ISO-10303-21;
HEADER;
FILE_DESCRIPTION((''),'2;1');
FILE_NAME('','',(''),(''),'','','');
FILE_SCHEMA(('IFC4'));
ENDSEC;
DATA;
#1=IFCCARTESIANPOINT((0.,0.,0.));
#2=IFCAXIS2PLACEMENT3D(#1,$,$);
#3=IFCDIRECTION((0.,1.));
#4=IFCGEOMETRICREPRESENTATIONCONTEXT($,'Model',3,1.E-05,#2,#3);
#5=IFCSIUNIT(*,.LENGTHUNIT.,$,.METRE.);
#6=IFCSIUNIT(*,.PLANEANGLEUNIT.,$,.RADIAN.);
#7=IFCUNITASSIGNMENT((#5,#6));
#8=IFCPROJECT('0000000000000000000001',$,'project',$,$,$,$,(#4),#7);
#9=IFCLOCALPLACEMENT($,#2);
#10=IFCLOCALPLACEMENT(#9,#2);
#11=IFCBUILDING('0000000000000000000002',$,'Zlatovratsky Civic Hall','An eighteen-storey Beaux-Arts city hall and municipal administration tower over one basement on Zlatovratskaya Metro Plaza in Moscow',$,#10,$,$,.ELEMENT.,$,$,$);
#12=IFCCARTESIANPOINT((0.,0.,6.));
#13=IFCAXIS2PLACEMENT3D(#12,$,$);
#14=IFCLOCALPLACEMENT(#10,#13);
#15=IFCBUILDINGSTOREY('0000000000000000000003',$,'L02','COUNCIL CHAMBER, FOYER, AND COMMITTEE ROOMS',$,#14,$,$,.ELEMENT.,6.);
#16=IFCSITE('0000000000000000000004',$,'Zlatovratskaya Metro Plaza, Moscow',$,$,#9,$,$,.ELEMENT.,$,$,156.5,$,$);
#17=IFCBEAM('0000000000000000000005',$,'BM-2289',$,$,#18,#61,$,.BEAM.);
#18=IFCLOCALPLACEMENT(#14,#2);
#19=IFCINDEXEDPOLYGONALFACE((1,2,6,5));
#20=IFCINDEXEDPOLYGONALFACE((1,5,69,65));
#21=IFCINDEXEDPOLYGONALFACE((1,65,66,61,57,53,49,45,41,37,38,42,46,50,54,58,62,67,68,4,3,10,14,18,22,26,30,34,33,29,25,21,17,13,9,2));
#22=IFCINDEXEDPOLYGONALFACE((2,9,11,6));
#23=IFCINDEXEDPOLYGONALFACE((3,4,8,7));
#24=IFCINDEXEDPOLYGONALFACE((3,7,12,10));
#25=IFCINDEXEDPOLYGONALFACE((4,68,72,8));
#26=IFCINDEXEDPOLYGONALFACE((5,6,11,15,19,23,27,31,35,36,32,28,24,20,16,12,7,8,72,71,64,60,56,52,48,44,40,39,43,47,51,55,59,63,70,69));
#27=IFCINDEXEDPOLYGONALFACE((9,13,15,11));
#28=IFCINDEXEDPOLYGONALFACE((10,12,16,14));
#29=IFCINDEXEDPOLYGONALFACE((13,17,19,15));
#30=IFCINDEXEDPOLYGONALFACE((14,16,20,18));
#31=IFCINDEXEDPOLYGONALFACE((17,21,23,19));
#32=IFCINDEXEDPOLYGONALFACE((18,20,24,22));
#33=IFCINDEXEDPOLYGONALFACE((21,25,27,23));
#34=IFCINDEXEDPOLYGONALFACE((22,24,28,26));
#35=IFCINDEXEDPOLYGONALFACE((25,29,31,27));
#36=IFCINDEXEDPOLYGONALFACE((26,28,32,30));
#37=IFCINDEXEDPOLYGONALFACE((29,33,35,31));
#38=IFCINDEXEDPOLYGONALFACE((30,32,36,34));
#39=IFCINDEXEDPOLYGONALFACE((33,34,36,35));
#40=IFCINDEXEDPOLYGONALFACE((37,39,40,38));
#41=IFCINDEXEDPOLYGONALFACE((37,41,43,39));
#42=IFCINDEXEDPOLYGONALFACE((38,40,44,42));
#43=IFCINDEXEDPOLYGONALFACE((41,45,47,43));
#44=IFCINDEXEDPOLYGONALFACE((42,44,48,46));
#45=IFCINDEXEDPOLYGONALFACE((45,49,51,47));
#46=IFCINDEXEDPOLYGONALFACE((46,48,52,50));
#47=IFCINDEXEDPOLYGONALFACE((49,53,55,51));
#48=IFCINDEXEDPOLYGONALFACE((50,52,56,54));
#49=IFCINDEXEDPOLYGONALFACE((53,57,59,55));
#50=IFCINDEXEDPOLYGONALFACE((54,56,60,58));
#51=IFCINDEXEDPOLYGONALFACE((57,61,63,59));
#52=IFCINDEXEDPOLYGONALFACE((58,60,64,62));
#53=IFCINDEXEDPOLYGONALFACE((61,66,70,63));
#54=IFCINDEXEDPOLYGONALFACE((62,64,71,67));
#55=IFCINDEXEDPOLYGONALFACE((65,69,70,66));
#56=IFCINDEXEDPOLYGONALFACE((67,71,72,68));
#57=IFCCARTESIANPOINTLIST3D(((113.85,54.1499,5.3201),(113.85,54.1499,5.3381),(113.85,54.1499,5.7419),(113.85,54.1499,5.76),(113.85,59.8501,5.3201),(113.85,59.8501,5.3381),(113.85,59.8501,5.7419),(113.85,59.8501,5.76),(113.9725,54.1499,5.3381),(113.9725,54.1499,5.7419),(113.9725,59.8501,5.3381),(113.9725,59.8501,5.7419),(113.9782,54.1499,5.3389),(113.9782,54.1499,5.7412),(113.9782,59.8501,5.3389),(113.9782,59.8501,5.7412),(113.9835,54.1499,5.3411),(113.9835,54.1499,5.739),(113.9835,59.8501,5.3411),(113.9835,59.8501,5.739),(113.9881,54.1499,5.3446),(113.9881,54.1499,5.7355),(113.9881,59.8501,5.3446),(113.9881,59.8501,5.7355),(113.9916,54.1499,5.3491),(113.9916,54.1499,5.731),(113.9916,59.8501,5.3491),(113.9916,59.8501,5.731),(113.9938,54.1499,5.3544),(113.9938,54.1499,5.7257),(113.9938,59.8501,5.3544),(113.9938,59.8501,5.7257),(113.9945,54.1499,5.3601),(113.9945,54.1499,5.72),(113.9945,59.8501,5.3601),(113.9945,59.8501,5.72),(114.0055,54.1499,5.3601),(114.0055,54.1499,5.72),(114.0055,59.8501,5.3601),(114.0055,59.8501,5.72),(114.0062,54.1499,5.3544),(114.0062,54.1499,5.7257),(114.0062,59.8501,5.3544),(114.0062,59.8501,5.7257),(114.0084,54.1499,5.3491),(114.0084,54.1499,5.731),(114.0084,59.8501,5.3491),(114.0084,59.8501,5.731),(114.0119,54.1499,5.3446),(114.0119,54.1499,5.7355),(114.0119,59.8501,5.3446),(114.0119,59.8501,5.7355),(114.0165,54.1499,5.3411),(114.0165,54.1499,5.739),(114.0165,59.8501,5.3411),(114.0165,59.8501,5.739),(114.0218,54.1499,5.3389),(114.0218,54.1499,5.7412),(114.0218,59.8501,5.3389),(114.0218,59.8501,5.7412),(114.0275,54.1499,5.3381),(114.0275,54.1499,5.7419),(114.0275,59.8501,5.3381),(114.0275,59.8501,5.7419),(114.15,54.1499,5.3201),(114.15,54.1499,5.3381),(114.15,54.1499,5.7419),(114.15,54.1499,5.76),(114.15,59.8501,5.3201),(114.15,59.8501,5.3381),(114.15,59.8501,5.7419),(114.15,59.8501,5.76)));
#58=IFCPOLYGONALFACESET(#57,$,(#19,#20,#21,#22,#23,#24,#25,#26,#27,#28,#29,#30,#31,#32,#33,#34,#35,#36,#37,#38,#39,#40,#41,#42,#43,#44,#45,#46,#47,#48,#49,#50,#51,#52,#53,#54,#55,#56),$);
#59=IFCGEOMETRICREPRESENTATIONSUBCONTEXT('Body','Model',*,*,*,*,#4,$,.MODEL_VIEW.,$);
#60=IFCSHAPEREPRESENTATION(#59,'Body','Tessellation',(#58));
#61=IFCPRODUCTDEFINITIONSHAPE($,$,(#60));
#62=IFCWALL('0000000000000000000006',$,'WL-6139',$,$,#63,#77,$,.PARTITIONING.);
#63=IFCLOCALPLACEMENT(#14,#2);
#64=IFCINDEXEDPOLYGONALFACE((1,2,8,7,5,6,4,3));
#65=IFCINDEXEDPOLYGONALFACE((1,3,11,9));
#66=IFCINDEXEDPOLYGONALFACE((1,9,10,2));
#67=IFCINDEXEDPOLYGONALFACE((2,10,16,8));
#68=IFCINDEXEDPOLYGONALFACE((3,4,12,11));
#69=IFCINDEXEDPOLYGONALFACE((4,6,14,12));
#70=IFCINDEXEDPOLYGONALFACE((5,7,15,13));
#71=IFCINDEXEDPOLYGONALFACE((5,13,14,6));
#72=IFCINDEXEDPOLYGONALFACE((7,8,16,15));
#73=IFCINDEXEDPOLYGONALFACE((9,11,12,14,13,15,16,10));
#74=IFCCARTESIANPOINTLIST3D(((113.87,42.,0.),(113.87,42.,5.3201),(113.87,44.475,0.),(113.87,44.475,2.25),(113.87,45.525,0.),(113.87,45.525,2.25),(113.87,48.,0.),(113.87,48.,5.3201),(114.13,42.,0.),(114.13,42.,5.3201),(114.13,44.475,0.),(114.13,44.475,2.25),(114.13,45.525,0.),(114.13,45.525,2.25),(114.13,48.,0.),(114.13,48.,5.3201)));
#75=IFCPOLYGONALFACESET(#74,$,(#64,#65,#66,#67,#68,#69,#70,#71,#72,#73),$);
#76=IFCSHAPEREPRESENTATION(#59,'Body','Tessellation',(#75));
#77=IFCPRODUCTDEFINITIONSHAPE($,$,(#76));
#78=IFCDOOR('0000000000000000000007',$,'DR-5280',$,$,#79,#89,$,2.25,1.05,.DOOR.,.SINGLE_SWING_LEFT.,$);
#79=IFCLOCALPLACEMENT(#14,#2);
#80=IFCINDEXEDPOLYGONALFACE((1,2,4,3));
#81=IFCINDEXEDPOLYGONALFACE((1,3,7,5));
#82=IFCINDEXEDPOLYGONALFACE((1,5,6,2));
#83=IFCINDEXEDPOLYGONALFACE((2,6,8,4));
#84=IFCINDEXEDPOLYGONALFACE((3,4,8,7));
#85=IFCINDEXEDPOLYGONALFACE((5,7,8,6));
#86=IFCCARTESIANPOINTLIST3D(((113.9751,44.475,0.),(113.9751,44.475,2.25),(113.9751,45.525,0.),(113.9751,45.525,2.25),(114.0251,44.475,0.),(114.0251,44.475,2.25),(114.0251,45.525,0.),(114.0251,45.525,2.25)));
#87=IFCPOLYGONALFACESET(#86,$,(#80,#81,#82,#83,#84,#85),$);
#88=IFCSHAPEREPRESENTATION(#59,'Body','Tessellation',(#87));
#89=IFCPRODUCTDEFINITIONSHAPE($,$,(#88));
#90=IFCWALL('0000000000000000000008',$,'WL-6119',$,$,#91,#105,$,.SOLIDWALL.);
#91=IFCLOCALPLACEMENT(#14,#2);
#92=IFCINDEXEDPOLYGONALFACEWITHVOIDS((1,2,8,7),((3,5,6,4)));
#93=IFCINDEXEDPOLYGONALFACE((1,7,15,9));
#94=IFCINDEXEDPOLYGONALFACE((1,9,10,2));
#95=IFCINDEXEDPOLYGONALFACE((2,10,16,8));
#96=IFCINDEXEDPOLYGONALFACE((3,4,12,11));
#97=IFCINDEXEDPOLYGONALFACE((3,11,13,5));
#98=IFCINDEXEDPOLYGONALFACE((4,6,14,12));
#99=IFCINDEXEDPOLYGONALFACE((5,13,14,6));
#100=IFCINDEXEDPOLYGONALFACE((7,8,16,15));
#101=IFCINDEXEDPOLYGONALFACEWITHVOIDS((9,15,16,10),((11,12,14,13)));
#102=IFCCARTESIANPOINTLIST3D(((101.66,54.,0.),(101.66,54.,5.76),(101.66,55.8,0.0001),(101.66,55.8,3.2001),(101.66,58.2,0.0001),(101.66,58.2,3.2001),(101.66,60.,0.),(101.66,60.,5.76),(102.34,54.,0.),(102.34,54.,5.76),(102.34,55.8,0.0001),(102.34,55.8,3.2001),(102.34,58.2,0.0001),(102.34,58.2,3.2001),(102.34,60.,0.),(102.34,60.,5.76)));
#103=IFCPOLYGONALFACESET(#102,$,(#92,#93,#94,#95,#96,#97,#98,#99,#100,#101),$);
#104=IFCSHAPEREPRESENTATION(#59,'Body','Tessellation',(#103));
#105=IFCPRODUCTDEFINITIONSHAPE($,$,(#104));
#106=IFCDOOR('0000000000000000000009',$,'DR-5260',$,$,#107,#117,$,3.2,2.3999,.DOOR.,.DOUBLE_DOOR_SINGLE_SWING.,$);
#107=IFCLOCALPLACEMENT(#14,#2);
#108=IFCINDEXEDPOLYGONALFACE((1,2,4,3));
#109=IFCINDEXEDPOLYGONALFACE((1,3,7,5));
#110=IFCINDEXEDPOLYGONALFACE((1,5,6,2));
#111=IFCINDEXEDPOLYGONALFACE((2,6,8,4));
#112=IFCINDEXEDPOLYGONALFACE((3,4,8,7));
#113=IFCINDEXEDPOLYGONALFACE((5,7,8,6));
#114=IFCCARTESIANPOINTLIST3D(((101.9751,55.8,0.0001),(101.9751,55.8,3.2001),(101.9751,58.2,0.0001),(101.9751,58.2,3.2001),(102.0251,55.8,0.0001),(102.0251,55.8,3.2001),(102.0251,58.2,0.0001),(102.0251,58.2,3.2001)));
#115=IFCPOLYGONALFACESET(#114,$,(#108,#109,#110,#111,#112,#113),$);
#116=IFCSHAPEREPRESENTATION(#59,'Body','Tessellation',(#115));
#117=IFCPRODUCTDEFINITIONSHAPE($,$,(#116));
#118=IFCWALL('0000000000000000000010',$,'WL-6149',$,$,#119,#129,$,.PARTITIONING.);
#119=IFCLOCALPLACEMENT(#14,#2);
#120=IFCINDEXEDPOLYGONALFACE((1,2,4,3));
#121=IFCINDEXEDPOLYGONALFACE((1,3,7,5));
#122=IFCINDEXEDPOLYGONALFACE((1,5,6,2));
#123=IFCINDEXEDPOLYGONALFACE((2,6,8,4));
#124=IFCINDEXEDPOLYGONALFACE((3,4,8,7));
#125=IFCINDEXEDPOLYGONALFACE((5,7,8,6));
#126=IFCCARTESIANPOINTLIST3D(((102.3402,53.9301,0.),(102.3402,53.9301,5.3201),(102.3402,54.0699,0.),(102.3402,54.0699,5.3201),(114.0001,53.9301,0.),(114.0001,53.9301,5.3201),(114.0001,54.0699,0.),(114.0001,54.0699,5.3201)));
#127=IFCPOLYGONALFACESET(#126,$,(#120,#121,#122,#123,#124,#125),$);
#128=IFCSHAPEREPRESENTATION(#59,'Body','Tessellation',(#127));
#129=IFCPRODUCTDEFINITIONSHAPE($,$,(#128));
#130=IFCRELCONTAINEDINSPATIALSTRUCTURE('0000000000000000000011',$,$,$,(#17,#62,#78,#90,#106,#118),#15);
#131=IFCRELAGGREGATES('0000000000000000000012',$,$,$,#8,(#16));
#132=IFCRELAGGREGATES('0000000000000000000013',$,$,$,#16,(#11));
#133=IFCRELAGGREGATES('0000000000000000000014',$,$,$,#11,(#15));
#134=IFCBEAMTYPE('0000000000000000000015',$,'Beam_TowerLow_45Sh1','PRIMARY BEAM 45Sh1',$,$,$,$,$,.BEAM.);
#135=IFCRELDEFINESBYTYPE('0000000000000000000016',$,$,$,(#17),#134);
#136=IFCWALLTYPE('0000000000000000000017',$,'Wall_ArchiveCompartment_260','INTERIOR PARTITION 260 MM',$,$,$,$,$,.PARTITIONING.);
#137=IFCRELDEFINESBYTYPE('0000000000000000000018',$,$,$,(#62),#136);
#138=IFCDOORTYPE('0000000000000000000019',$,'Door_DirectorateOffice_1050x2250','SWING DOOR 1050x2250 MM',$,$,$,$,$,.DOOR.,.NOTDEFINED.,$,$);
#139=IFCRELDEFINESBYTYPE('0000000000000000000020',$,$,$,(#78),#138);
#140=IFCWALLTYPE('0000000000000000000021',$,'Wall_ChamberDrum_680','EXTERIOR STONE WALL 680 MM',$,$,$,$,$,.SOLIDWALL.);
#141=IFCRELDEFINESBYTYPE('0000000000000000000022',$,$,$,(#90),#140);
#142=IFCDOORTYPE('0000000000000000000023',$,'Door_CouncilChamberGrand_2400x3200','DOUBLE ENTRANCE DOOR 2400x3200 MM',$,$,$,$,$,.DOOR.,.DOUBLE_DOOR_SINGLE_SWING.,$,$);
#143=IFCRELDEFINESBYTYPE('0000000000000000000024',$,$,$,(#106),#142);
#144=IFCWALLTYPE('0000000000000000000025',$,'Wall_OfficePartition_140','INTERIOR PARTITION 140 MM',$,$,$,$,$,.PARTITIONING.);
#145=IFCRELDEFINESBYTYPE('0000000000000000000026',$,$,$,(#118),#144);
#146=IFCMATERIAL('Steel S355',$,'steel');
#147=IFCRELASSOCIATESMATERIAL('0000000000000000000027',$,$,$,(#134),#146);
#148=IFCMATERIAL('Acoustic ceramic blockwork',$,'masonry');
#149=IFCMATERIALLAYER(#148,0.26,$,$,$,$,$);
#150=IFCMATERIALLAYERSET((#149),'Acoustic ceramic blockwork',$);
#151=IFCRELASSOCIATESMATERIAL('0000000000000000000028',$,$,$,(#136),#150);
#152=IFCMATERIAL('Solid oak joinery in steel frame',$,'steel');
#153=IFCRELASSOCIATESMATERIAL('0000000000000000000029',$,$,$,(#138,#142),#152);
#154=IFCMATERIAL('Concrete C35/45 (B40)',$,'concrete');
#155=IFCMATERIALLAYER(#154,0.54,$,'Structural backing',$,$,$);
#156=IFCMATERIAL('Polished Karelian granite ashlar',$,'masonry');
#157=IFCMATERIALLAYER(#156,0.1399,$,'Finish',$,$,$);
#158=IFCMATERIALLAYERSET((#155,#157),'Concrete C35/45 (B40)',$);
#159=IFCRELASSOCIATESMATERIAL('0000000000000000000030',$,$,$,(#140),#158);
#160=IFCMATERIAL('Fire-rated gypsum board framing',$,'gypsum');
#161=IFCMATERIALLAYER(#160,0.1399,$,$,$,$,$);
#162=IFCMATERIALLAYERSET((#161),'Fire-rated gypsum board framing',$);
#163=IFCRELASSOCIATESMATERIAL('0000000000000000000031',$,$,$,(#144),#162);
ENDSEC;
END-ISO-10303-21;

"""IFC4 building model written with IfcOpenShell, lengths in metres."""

from ifc_helpers import new_model, si_unit, direction, frame, frame_2d, origin, origin_2d, place, context, subcontext, project, spatial, rectangle, i_section, extrude, material, layer, layer_set, material_profile, profile_set, type_object, element, fill, save


model = new_model("IFC4")

# Units and contexts
model_context = context("Model", 3, precision=1e-05, world=origin(), true_north=direction((0.0, 1.0)))
body_context = subcontext(model_context, "Body", "Model", "MODEL_VIEW")
ifc_project = project(units=[si_unit("LENGTHUNIT", "METRE"), si_unit("PLANEANGLEUNIT", "RADIAN")], contexts=[model_context])

# Site, building, storey
site_placement = place(None, origin())
site = spatial("IfcSite", under=ifc_project, at=site_placement, Name="Zlatovratskaya Metro Plaza, Moscow", CompositionType="ELEMENT", RefElevation=156.5)
building_placement = place(site_placement, origin())
building = spatial("IfcBuilding", under=site, at=building_placement, Name="Zlatovratsky Civic Hall", Description="An eighteen-storey Beaux-Arts city hall and municipal administration tower over one basement on Zlatovratskaya Metro Plaza in Moscow", CompositionType="ELEMENT")
storey_placement = place(building_placement, frame((0.0, 0.0, 6.0)))
storey = spatial("IfcBuildingStorey", under=building, at=storey_placement, Name="L02", Description="COUNCIL CHAMBER, FOYER, AND COMMITTEE ROOMS", CompositionType="ELEMENT", Elevation=6.0)

# Shared definitions
ifc_material_1 = material(Name="Steel S355", Category="steel")

# Beam
ifc_material_profile_1 = material_profile(ifc_material_1, i_section(OverallWidth=0.3, OverallDepth=0.4399, WebThickness=0.011, FlangeThickness=0.0181, FilletRadius=0.022, at=origin_2d()), Name="45Sh1")
ifc_profile_set_1 = profile_set([ifc_material_profile_1], Name="Steel S355")
beam_type = type_object("IfcBeamType", Name="Beam_TowerLow_45Sh1", Description="PRIMARY BEAM 45Sh1", PredefinedType="BEAM", material=ifc_profile_set_1)
for number, where, z_axis, x_axis, name in (
    (1, (114.0, 54.1499, 5.54), (0.0, 1.0, 0.0), (-1.0, 0.0, 0.0), "BM-2289"),
):
    element("IfcBeam", number, at=place(storey_placement, frame(where, z_axis=z_axis, x_axis=x_axis)), inside=storey, type_object=beam_type, Name=name, PredefinedType="BEAM", context=body_context, shape_type="SweptSolid", body=[
        extrude(i_section(OverallWidth=0.3, OverallDepth=0.4399, WebThickness=0.011, FlangeThickness=0.0181, FilletRadius=0.022, at=origin_2d()), origin(), (0.0, 0.0, 1.0), 5.7002),
    ])

# Walls, openings, doors
ifc_material_2 = material(Name="Acoustic ceramic blockwork", Category="masonry")
ifc_layer_1 = layer(ifc_material_2, 0.26)
ifc_layer_set_1 = layer_set([ifc_layer_1], Name="Acoustic ceramic blockwork")
wall_type_1 = type_object("IfcWallType", Name="Wall_ArchiveCompartment_260", Description="INTERIOR PARTITION 260 MM", PredefinedType="PARTITIONING", material=ifc_layer_set_1)
wall_1_placement = place(storey_placement, frame((114.0, 42.0, 0.0), z_axis=(0.0, 0.0, 1.0), x_axis=(0.0, 1.0, 0.0)))
wall_1 = element("IfcWall", 2, at=wall_1_placement, inside=storey, type_object=wall_type_1, Name="WL-6139", PredefinedType="PARTITIONING", context=body_context, shape_type="SweptSolid", body=[
    extrude(rectangle(XDim=6.0, YDim=0.26, at=frame_2d((3.0, 0.0))), origin(), (0.0, 0.0, 1.0), 5.3201),
])
opening_1_placement = place(wall_1_placement, frame((2.4751, 0.0, 0.0)))
opening_1 = element("IfcOpeningElement", 3, at=opening_1_placement, cuts=wall_1, PredefinedType="OPENING", context=body_context, shape_type="SweptSolid", body=[
    extrude(rectangle(XDim=1.05, YDim=2.25, at=frame_2d((0.5249, 1.125))), frame((0.0, 0.145, 0.0), z_axis=(0.0, -1.0, 0.0), x_axis=(1.0, 0.0, 0.0)), (0.0, 0.0, 1.0), 0.2898),
])
ifc_material_3 = material(Name="Solid oak joinery in steel frame", Category="steel")
door_type_1 = type_object("IfcDoorType", Name="Door_DirectorateOffice_1050x2250", Description="SWING DOOR 1050x2250 MM", OperationType="NOTDEFINED", PredefinedType="DOOR", material=ifc_material_3)
door_1_placement = place(opening_1_placement, origin())
door_1 = element("IfcDoor", 4, at=door_1_placement, inside=storey, type_object=door_type_1, Name="DR-5280", OperationType="SINGLE_SWING_LEFT", OverallHeight=2.25, OverallWidth=1.05, PredefinedType="DOOR", context=body_context, shape_type="SweptSolid", body=[
    extrude(rectangle(XDim=1.05, YDim=2.25, at=frame_2d((0.5249, 1.125))), frame((0.0, 0.0249, 0.0), z_axis=(0.0, -1.0, 0.0), x_axis=(1.0, 0.0, 0.0)), (0.0, 0.0, 1.0), 0.05),
])
fill(opening_1, door_1)
ifc_material_4 = material(Name="Concrete C35/45 (B40)", Category="concrete")
ifc_layer_2 = layer(ifc_material_4, 0.54, Name="Structural backing")
ifc_material_5 = material(Name="Polished Karelian granite ashlar", Category="masonry")
ifc_layer_3 = layer(ifc_material_5, 0.1399, Name="Finish")
ifc_layer_set_2 = layer_set([ifc_layer_2, ifc_layer_3], Name="Concrete C35/45 (B40)")
wall_type_2 = type_object("IfcWallType", Name="Wall_ChamberDrum_680", Description="EXTERIOR STONE WALL 680 MM", PredefinedType="SOLIDWALL", material=ifc_layer_set_2)
wall_2_placement = place(storey_placement, frame((102.0, 54.0, 0.0), z_axis=(0.0, 0.0, 1.0), x_axis=(0.0, 1.0, 0.0)))
wall_2 = element("IfcWall", 5, at=wall_2_placement, inside=storey, type_object=wall_type_2, Name="WL-6119", PredefinedType="SOLIDWALL", context=body_context, shape_type="SweptSolid", body=[
    extrude(rectangle(XDim=6.0, YDim=0.6799, at=frame_2d((3.0, 0.0))), origin(), (0.0, 0.0, 1.0), 5.76),
])
opening_2_placement = place(wall_2_placement, frame((1.8, 0.0, 0.0)))
opening_2 = element("IfcOpeningElement", 6, at=opening_2_placement, cuts=wall_2, PredefinedType="OPENING", context=body_context, shape_type="SweptSolid", body=[
    extrude(rectangle(XDim=2.3999, YDim=3.2, at=frame_2d((1.2, 1.6001))), frame((0.0, 0.355, 0.0), z_axis=(0.0, -1.0, 0.0), x_axis=(1.0, 0.0, 0.0)), (0.0, 0.0, 1.0), 0.7097),
])
door_type_2 = type_object("IfcDoorType", Name="Door_CouncilChamberGrand_2400x3200", Description="DOUBLE ENTRANCE DOOR 2400x3200 MM", OperationType="DOUBLE_DOOR_SINGLE_SWING", PredefinedType="DOOR", material=ifc_material_3)
door_2_placement = place(opening_2_placement, origin())
door_2 = element("IfcDoor", 7, at=door_2_placement, inside=storey, type_object=door_type_2, Name="DR-5260", OperationType="DOUBLE_DOOR_SINGLE_SWING", OverallHeight=3.2, OverallWidth=2.3999, PredefinedType="DOOR", context=body_context, shape_type="SweptSolid", body=[
    extrude(rectangle(XDim=2.3999, YDim=3.2, at=frame_2d((1.2, 1.6001))), frame((0.0, 0.0249, 0.0), z_axis=(0.0, -1.0, 0.0), x_axis=(1.0, 0.0, 0.0)), (0.0, 0.0, 1.0), 0.05),
])
fill(opening_2, door_2)

# Wall
ifc_material_6 = material(Name="Fire-rated gypsum board framing", Category="gypsum")
ifc_layer_4 = layer(ifc_material_6, 0.1399)
ifc_layer_set_3 = layer_set([ifc_layer_4], Name="Fire-rated gypsum board framing")
wall_type_3 = type_object("IfcWallType", Name="Wall_OfficePartition_140", Description="INTERIOR PARTITION 140 MM", PredefinedType="PARTITIONING", material=ifc_layer_set_3)
wall_3_placement = place(storey_placement, frame((102.3401, 54.0, 0.0), z_axis=(0.0, 0.0, 1.0), x_axis=(1.0, 0.0, 0.0)))
element("IfcWall", 8, at=wall_3_placement, inside=storey, type_object=wall_type_3, Name="WL-6149", PredefinedType="PARTITIONING", context=body_context, shape_type="SweptSolid", body=[
    extrude(rectangle(XDim=11.6599, YDim=0.1399, at=frame_2d((5.8301, 0.0))), origin(), (0.0, 0.0, 1.0), 5.3201),
])

save(model, "model.ifc")
